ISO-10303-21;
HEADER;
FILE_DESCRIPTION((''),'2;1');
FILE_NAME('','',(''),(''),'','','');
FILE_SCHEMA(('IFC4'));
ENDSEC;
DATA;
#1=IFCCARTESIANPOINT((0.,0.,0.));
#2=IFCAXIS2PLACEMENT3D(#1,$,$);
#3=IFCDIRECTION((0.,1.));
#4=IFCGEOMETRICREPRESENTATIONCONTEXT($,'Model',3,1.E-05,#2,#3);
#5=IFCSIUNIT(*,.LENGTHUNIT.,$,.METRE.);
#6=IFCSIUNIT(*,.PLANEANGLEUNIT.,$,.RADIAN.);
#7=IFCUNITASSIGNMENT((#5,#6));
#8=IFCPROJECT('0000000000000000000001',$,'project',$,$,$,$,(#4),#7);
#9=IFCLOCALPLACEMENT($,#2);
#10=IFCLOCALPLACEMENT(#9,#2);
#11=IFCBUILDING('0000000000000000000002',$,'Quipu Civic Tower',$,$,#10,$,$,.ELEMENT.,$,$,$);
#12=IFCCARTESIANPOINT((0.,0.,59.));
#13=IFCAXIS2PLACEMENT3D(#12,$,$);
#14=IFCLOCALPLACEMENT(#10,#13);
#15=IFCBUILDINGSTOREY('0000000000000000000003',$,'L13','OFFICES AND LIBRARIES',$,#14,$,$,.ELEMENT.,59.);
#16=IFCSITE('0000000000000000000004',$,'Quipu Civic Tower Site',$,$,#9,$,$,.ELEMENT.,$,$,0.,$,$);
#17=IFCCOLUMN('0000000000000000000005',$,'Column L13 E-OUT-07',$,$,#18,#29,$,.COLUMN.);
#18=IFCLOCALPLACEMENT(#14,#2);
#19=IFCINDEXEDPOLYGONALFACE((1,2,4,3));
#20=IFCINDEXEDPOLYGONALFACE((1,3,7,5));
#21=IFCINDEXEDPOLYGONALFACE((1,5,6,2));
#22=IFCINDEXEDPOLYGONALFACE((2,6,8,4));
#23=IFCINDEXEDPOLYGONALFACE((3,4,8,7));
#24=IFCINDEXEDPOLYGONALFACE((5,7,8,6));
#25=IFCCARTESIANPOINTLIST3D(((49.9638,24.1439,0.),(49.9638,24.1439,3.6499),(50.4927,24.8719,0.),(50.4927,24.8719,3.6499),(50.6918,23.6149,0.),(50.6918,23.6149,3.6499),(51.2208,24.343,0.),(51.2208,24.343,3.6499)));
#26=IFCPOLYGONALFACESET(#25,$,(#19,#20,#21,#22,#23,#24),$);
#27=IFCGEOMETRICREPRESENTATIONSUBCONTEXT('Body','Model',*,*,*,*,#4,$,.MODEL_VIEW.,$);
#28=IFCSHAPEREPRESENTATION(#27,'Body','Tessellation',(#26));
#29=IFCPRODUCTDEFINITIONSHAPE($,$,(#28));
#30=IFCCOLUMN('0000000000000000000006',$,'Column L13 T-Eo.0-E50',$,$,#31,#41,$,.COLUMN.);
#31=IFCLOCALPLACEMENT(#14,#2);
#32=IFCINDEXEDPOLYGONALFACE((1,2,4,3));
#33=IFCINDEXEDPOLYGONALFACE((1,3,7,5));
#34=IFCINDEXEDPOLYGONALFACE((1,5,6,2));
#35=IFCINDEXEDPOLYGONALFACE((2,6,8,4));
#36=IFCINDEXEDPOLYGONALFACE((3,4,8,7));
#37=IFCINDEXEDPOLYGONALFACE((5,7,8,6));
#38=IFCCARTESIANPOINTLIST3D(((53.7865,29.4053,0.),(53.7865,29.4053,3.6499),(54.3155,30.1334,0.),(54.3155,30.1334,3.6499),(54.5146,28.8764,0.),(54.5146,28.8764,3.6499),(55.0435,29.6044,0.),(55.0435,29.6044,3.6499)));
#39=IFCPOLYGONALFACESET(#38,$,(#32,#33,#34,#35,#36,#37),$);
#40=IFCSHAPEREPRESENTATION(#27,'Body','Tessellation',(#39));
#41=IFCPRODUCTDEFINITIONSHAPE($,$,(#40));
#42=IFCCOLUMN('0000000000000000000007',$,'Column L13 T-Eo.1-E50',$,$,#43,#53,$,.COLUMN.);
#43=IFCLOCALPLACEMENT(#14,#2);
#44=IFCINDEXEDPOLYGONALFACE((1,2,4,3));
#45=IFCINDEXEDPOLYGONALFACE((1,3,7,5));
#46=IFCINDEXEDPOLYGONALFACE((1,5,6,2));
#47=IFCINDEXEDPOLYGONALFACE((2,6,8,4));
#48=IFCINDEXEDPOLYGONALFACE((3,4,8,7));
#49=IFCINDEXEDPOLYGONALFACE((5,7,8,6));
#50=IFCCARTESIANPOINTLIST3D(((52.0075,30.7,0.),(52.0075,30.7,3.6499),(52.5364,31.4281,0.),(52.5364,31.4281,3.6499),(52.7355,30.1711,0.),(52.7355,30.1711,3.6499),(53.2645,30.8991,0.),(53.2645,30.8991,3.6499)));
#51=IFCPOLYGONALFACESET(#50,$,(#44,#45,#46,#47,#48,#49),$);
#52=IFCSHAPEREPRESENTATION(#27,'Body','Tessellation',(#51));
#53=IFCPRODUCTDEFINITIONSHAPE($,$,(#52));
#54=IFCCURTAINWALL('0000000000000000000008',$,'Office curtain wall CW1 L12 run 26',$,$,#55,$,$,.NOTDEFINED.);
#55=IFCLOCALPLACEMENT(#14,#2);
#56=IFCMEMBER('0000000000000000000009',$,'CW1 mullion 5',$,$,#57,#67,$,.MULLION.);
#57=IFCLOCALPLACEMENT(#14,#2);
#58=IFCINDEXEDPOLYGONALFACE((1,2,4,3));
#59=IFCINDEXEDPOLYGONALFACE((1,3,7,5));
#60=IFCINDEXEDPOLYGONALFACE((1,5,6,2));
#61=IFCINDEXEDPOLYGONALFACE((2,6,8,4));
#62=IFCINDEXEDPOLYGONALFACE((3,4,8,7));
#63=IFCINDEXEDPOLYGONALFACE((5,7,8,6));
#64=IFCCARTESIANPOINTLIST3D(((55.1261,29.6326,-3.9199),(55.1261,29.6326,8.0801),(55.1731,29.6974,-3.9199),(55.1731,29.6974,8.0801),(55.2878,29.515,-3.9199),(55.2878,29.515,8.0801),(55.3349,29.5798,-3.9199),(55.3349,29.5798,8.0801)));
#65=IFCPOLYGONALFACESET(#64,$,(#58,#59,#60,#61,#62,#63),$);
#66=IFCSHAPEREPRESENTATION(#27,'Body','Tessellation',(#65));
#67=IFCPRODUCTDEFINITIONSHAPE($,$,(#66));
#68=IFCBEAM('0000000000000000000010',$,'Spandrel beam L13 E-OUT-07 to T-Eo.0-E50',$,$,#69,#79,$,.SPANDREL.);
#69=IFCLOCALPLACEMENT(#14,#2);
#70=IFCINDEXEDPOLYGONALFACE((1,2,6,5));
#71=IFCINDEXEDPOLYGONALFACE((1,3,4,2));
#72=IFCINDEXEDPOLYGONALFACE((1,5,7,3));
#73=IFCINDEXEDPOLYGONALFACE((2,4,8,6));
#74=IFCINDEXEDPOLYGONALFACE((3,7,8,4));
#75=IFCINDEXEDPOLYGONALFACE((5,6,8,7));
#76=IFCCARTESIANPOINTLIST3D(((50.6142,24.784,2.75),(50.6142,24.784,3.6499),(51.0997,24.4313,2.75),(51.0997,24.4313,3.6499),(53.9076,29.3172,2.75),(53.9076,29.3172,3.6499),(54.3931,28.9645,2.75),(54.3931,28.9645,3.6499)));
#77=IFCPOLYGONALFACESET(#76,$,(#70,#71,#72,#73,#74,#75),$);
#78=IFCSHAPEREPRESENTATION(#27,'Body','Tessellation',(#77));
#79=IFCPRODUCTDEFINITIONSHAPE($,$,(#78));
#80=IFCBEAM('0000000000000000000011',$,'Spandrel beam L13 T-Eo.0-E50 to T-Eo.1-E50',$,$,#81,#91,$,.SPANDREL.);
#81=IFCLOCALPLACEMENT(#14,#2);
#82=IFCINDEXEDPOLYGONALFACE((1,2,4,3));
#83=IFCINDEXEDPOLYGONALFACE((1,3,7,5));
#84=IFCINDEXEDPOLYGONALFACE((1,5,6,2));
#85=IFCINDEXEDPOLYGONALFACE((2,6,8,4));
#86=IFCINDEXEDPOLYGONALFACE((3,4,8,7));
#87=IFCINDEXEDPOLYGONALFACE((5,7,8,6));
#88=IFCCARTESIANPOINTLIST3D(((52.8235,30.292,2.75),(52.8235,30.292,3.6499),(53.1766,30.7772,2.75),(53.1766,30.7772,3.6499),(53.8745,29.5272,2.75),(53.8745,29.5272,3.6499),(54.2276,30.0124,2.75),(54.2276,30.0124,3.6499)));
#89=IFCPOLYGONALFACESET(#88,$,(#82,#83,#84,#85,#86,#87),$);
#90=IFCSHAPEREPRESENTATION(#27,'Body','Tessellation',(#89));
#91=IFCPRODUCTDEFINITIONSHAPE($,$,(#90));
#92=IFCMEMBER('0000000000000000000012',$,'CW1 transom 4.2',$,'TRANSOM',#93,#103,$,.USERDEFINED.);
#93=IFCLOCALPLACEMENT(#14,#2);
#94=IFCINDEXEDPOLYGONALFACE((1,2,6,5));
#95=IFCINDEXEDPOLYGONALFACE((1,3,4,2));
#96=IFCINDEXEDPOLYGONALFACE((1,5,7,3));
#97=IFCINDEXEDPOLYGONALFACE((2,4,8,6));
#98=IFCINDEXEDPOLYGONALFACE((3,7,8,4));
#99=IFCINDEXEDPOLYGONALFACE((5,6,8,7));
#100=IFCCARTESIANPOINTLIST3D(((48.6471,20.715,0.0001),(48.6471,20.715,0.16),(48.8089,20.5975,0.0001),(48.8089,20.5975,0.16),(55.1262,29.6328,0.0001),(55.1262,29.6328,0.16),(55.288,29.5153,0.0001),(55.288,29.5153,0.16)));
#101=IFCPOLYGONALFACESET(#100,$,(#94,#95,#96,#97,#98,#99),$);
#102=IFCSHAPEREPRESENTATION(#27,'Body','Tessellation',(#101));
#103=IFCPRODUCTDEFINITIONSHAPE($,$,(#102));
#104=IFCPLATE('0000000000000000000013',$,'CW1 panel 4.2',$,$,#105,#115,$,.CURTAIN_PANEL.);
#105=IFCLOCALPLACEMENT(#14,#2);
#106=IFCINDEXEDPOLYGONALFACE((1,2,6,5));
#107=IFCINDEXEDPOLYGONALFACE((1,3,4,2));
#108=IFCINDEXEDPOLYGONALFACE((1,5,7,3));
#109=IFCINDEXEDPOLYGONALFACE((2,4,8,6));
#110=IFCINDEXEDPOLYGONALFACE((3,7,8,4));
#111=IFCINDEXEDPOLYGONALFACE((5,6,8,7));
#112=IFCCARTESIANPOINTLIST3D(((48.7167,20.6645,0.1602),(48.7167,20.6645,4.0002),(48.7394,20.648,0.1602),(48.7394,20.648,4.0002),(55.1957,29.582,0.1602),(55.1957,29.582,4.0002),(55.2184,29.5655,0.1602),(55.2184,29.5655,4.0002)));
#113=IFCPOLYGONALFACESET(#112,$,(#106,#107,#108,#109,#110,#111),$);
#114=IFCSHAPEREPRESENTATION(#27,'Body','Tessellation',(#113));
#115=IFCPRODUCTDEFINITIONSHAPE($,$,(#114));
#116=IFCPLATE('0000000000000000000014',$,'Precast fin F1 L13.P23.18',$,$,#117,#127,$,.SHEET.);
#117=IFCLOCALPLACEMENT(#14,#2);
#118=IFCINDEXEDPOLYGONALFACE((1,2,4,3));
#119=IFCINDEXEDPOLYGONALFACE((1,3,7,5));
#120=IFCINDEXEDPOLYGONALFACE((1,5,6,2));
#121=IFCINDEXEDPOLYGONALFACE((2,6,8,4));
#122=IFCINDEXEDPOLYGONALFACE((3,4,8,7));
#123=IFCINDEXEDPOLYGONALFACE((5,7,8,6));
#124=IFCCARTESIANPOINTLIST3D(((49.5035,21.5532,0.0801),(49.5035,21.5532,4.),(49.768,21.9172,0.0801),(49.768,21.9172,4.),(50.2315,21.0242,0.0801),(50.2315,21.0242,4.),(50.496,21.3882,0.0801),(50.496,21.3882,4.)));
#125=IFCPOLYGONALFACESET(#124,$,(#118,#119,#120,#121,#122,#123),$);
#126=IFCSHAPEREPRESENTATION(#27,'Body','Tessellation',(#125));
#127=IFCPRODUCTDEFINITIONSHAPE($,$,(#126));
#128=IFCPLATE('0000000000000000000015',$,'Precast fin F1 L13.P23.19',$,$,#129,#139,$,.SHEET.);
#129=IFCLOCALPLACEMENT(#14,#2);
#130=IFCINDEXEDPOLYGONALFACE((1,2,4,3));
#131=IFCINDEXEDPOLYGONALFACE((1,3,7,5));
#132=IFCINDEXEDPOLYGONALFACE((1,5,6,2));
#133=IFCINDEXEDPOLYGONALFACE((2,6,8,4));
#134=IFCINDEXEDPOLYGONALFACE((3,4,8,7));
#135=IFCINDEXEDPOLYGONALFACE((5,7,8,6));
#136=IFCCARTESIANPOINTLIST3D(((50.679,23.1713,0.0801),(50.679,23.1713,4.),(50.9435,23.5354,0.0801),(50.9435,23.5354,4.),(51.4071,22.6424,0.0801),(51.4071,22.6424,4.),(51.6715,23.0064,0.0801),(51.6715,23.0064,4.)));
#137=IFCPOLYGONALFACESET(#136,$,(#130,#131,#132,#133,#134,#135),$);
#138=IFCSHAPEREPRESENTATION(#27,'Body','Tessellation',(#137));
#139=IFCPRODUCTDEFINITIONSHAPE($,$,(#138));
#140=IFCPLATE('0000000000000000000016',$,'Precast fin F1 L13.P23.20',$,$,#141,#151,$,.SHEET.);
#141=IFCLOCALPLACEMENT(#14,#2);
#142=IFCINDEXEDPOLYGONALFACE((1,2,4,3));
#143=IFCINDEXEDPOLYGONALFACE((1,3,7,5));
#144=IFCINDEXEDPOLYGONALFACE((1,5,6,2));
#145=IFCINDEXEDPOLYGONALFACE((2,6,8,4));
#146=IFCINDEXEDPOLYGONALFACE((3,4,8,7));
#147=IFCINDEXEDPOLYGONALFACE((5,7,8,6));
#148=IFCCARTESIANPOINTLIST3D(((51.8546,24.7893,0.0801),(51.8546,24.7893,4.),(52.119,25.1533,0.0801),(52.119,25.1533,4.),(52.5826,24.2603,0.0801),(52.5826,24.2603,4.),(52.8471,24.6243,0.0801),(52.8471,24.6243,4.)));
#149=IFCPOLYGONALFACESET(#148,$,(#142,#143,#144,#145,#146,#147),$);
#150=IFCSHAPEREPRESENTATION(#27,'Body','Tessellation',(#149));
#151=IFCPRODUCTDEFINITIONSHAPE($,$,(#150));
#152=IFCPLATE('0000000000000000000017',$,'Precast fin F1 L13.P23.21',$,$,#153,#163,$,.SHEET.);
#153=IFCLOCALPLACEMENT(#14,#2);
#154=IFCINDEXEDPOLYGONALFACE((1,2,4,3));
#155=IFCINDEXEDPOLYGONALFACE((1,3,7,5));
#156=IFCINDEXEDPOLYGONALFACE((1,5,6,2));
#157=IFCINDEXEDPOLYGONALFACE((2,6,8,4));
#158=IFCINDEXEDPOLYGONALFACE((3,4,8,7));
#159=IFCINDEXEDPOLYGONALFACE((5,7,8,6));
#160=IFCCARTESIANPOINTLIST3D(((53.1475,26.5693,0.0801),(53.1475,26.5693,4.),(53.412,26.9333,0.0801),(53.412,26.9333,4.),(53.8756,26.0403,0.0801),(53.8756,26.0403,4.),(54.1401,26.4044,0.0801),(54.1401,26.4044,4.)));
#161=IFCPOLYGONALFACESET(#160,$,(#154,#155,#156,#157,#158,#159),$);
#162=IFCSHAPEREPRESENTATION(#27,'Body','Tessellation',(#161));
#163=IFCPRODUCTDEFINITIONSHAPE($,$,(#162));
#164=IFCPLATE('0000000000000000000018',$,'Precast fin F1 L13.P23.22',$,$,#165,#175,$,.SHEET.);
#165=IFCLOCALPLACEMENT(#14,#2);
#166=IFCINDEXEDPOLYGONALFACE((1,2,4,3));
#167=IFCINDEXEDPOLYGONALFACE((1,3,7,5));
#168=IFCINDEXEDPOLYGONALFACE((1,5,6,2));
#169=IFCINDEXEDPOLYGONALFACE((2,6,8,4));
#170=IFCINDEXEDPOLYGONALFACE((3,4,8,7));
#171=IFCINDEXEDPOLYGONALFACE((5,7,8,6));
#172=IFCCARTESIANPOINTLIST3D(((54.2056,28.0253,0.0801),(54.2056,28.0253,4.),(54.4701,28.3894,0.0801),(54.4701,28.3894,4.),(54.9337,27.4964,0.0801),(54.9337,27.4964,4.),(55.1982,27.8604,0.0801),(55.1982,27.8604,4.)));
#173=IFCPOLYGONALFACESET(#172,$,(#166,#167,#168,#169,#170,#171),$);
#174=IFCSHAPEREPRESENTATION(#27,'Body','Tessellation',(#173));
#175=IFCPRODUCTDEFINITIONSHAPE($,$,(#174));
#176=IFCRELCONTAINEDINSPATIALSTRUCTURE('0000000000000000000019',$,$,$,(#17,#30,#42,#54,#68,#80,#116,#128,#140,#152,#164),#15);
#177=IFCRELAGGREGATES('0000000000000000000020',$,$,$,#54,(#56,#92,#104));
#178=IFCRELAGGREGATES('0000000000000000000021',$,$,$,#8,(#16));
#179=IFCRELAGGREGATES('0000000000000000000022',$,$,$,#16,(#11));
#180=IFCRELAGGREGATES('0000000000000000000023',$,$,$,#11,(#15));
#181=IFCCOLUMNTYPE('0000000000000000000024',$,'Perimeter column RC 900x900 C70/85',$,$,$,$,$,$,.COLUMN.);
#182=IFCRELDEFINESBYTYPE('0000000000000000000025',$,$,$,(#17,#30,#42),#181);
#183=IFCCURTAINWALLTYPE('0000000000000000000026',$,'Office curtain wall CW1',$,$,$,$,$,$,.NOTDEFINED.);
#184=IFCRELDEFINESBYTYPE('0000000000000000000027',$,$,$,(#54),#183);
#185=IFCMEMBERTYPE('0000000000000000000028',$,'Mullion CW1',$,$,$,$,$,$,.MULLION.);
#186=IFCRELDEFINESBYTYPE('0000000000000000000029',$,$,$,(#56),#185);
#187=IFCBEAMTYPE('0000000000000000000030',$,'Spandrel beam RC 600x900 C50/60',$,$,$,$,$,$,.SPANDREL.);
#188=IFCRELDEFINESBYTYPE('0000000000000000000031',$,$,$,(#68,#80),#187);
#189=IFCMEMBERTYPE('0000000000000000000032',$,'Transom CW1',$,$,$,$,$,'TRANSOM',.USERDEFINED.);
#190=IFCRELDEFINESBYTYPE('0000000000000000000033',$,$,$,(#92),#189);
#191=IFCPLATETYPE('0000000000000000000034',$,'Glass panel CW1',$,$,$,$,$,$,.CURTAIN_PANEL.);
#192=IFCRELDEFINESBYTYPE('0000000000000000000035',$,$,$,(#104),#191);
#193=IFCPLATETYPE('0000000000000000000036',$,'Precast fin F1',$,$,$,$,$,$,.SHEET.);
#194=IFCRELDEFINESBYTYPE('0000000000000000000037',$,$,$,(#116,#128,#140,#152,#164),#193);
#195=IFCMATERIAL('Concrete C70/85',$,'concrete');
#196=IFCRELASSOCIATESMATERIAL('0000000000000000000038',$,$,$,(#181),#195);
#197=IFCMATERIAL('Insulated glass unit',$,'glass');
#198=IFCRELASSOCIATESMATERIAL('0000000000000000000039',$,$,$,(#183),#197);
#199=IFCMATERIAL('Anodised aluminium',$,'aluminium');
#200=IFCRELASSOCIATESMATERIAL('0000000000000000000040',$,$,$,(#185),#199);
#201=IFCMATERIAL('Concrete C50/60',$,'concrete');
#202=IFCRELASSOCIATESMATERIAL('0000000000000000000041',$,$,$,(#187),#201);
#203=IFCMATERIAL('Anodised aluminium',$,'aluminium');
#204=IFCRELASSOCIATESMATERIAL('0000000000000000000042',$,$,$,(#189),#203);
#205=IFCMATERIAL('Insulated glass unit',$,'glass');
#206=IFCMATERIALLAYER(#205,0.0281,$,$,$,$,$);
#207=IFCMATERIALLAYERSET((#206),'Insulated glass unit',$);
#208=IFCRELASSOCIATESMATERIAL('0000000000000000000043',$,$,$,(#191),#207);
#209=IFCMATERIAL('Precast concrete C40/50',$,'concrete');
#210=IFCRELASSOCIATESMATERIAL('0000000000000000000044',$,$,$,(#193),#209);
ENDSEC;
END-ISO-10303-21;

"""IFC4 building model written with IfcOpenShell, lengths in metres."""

from ifc_helpers import new_model, si_unit, direction, frame, origin, origin_2d, place, context, subcontext, project, spatial, rectangle, extrude, material, layer, layer_set, material_profile, profile_set, type_object, element, aggregate, save


model = new_model("IFC4")

# Units and contexts
model_context = context("Model", 3, precision=1e-05, world=origin(), true_north=direction((0.0, 1.0)))
body_context = subcontext(model_context, "Body", "Model", "MODEL_VIEW")
ifc_project = project(units=[si_unit("LENGTHUNIT", "METRE"), si_unit("PLANEANGLEUNIT", "RADIAN")], contexts=[model_context])

# Site, building, storey
site_placement = place(None, origin())
site = spatial("IfcSite", under=ifc_project, at=site_placement, Name="Quipu Civic Tower Site", CompositionType="ELEMENT", RefElevation=0.0)
building_placement = place(site_placement, origin())
building = spatial("IfcBuilding", under=site, at=building_placement, Name="Quipu Civic Tower", CompositionType="ELEMENT")
storey_placement = place(building_placement, frame((0.0, 0.0, 59.0)))
storey = spatial("IfcBuildingStorey", under=building, at=storey_placement, Name="L13", Description="OFFICES AND LIBRARIES", CompositionType="ELEMENT", Elevation=59.0)

# Columns
ifc_material_1 = material(Name="Concrete C70/85", Category="concrete")
ifc_material_profile_1 = material_profile(ifc_material_1, rectangle(XDim=0.8999, YDim=0.8999, at=origin_2d()), Name="RC900x900")
ifc_profile_set_1 = profile_set([ifc_material_profile_1], Name="Concrete C70/85")
column_type = type_object("IfcColumnType", Name="Perimeter column RC 900x900 C70/85", PredefinedType="COLUMN", material=ifc_profile_set_1)
for number, where, z_axis, x_axis, name in (
    (1, (50.5923, 24.2434, 0.0), (0.0, 0.0, 1.0), (0.587785, 0.809017, 0.0), "Column L13 E-OUT-07"),
    (2, (54.415, 29.5049, 0.0), (0.0, 0.0, 1.0), (0.587785, 0.809017, 0.0), "Column L13 T-Eo.0-E50"),
    (3, (52.636, 30.7996, 0.0), (0.0, 0.0, 1.0), (-0.809017, 0.587785, 0.0), "Column L13 T-Eo.1-E50"),
):
    element("IfcColumn", number, at=place(storey_placement, frame(where, z_axis=z_axis, x_axis=x_axis)), inside=storey, type_object=column_type, Name=name, PredefinedType="COLUMN", context=body_context, shape_type="SweptSolid", body=[
        extrude(rectangle(XDim=0.8999, YDim=0.8999, at=origin_2d()), origin(), (0.0, 0.0, 1.0), 3.6499),
    ])

# Curtain wall, member
ifc_material_2 = material(Name="Insulated glass unit", Category="glass")
curtain_wall_type = type_object("IfcCurtainWallType", Name="Office curtain wall CW1", PredefinedType="NOTDEFINED", material=ifc_material_2)
curtain_wall_placement = place(storey_placement, origin())
curtain_wall = element("IfcCurtainWall", 4, at=curtain_wall_placement, inside=storey, type_object=curtain_wall_type, Name="Office curtain wall CW1 L12 run 26", PredefinedType="NOTDEFINED")
ifc_material_3 = material(Name="Anodised aluminium", Category="aluminium")
ifc_material_profile_2 = material_profile(ifc_material_3, rectangle(XDim=0.2, YDim=0.0801, at=origin_2d()), Name="RECT 200x80")
ifc_profile_set_2 = profile_set([ifc_material_profile_2], Name="Anodised aluminium")
member_type_1 = type_object("IfcMemberType", Name="Mullion CW1", PredefinedType="MULLION", material=ifc_profile_set_2)
member_1_placement = place(storey_placement, frame((55.2305, 29.6062, -3.9199), z_axis=(0.0, 0.0, 1.0), x_axis=(-0.809017, 0.587786, 0.0)))
member_1 = element("IfcMember", 5, at=member_1_placement, type_object=member_type_1, Name="CW1 mullion 5", PredefinedType="MULLION", context=body_context, shape_type="SweptSolid", body=[
    extrude(rectangle(XDim=0.2, YDim=0.0801, at=origin_2d()), origin(), (0.0, 0.0, 1.0), 12.0),
])

# Beams
ifc_material_4 = material(Name="Concrete C50/60", Category="concrete")
ifc_material_profile_3 = material_profile(ifc_material_4, rectangle(XDim=0.6001, YDim=0.8999, at=origin_2d()), Name="RC600x900")
ifc_profile_set_3 = profile_set([ifc_material_profile_3], Name="Concrete C50/60")
beam_type = type_object("IfcBeamType", Name="Spandrel beam RC 600x900 C50/60", PredefinedType="SPANDREL", material=ifc_profile_set_3)
beam_1_placement = place(storey_placement, frame((50.8569, 24.6077, 3.2), z_axis=(0.587773, 0.809026, 0.0), x_axis=(-0.809026, 0.587773, 0.0)))
element("IfcBeam", 6, at=beam_1_placement, inside=storey, type_object=beam_type, Name="Spandrel beam L13 E-OUT-07 to T-Eo.0-E50", PredefinedType="SPANDREL", context=body_context, shape_type="SweptSolid", body=[
    extrude(rectangle(XDim=0.6001, YDim=0.8999, at=origin_2d()), origin(), (0.0, 0.0, 1.0), 5.6033),
])
beam_2_placement = place(storey_placement, frame((54.051, 29.7698, 3.2), z_axis=(-0.808549, 0.588429, 0.0), x_axis=(-0.588429, -0.808549, 0.0)))
element("IfcBeam", 7, at=beam_2_placement, inside=storey, type_object=beam_type, Name="Spandrel beam L13 T-Eo.0-E50 to T-Eo.1-E50", PredefinedType="SPANDREL", context=body_context, shape_type="SweptSolid", body=[
    extrude(rectangle(XDim=0.6001, YDim=0.8999, at=origin_2d()), origin(), (0.0, 0.0, 1.0), 1.2998),
])

# Member
ifc_material_5 = material(Name="Anodised aluminium", Category="aluminium")
ifc_material_profile_4 = material_profile(ifc_material_5, rectangle(XDim=0.2, YDim=0.1599, at=origin_2d()), Name="RECT 200x160")
ifc_profile_set_4 = profile_set([ifc_material_profile_4], Name="Anodised aluminium")
member_type_2 = type_object("IfcMemberType", Name="Transom CW1", ElementType="TRANSOM", PredefinedType="USERDEFINED", material=ifc_profile_set_4)
member_2_placement = place(storey_placement, frame((48.728, 20.6562, 0.0801), z_axis=(0.587779, 0.809021, 0.0), x_axis=(-0.809021, 0.587779, 0.0)))
member_2 = element("IfcMember", 8, at=member_2_placement, type_object=member_type_2, Name="CW1 transom 4.2", ObjectType="TRANSOM", PredefinedType="USERDEFINED", context=body_context, shape_type="SweptSolid", body=[
    extrude(rectangle(XDim=0.2, YDim=0.1599, at=origin_2d()), origin(), (0.0, 0.0, 1.0), 11.0229),
])

# Plate
ifc_material_6 = material(Name="Insulated glass unit", Category="glass")
ifc_layer_1 = layer(ifc_material_6, 0.0281)
ifc_layer_set_1 = layer_set([ifc_layer_1], Name="Insulated glass unit")
plate_type_1 = type_object("IfcPlateType", Name="Glass panel CW1", PredefinedType="CURTAIN_PANEL", material=ifc_layer_set_1)
plate_placement = place(storey_placement, frame((51.9675, 25.115, 0.1602), z_axis=(0.0, 0.0, 1.0), x_axis=(0.587786, 0.809017, 0.0)))
plate = element("IfcPlate", 9, at=plate_placement, type_object=plate_type_1, Name="CW1 panel 4.2", PredefinedType="CURTAIN_PANEL", context=body_context, shape_type="SweptSolid", body=[
    extrude(rectangle(XDim=11.0227, YDim=0.0281, at=origin_2d()), origin(), (0.0, 0.0, 1.0), 3.8401),
])
aggregate(curtain_wall, [member_1, member_2, plate])

# Plates
ifc_material_7 = material(Name="Precast concrete C40/50", Category="concrete")
plate_type_2 = type_object("IfcPlateType", Name="Precast fin F1", PredefinedType="SHEET", material=ifc_material_7)
for number, where, z_axis, x_axis, name in (
    (10, (49.9998, 21.4707, 0.0801), (0.0, 0.0, 1.0), (0.587786, 0.809017, 0.0), "Precast fin F1 L13.P23.18"),
    (11, (51.1753, 23.0889, 0.0801), (0.0, 0.0, 1.0), (0.587786, 0.809017, 0.0), "Precast fin F1 L13.P23.19"),
    (12, (52.3508, 24.7068, 0.0801), (0.0, 0.0, 1.0), (0.587786, 0.809017, 0.0), "Precast fin F1 L13.P23.20"),
    (13, (53.6438, 26.4868, 0.0801), (0.0, 0.0, 1.0), (0.587786, 0.809017, 0.0), "Precast fin F1 L13.P23.21"),
    (14, (54.7019, 27.9429, 0.0801), (0.0, 0.0, 1.0), (0.587786, 0.809017, 0.0), "Precast fin F1 L13.P23.22"),
):
    element("IfcPlate", number, at=place(storey_placement, frame(where, z_axis=z_axis, x_axis=x_axis)), inside=storey, type_object=plate_type_2, Name=name, PredefinedType="SHEET", context=body_context, shape_type="SweptSolid", body=[
        extrude(rectangle(XDim=0.45, YDim=0.8999, at=origin_2d()), origin(), (0.0, 0.0, 1.0), 3.9199),
    ])

save(model, "model.ifc")
